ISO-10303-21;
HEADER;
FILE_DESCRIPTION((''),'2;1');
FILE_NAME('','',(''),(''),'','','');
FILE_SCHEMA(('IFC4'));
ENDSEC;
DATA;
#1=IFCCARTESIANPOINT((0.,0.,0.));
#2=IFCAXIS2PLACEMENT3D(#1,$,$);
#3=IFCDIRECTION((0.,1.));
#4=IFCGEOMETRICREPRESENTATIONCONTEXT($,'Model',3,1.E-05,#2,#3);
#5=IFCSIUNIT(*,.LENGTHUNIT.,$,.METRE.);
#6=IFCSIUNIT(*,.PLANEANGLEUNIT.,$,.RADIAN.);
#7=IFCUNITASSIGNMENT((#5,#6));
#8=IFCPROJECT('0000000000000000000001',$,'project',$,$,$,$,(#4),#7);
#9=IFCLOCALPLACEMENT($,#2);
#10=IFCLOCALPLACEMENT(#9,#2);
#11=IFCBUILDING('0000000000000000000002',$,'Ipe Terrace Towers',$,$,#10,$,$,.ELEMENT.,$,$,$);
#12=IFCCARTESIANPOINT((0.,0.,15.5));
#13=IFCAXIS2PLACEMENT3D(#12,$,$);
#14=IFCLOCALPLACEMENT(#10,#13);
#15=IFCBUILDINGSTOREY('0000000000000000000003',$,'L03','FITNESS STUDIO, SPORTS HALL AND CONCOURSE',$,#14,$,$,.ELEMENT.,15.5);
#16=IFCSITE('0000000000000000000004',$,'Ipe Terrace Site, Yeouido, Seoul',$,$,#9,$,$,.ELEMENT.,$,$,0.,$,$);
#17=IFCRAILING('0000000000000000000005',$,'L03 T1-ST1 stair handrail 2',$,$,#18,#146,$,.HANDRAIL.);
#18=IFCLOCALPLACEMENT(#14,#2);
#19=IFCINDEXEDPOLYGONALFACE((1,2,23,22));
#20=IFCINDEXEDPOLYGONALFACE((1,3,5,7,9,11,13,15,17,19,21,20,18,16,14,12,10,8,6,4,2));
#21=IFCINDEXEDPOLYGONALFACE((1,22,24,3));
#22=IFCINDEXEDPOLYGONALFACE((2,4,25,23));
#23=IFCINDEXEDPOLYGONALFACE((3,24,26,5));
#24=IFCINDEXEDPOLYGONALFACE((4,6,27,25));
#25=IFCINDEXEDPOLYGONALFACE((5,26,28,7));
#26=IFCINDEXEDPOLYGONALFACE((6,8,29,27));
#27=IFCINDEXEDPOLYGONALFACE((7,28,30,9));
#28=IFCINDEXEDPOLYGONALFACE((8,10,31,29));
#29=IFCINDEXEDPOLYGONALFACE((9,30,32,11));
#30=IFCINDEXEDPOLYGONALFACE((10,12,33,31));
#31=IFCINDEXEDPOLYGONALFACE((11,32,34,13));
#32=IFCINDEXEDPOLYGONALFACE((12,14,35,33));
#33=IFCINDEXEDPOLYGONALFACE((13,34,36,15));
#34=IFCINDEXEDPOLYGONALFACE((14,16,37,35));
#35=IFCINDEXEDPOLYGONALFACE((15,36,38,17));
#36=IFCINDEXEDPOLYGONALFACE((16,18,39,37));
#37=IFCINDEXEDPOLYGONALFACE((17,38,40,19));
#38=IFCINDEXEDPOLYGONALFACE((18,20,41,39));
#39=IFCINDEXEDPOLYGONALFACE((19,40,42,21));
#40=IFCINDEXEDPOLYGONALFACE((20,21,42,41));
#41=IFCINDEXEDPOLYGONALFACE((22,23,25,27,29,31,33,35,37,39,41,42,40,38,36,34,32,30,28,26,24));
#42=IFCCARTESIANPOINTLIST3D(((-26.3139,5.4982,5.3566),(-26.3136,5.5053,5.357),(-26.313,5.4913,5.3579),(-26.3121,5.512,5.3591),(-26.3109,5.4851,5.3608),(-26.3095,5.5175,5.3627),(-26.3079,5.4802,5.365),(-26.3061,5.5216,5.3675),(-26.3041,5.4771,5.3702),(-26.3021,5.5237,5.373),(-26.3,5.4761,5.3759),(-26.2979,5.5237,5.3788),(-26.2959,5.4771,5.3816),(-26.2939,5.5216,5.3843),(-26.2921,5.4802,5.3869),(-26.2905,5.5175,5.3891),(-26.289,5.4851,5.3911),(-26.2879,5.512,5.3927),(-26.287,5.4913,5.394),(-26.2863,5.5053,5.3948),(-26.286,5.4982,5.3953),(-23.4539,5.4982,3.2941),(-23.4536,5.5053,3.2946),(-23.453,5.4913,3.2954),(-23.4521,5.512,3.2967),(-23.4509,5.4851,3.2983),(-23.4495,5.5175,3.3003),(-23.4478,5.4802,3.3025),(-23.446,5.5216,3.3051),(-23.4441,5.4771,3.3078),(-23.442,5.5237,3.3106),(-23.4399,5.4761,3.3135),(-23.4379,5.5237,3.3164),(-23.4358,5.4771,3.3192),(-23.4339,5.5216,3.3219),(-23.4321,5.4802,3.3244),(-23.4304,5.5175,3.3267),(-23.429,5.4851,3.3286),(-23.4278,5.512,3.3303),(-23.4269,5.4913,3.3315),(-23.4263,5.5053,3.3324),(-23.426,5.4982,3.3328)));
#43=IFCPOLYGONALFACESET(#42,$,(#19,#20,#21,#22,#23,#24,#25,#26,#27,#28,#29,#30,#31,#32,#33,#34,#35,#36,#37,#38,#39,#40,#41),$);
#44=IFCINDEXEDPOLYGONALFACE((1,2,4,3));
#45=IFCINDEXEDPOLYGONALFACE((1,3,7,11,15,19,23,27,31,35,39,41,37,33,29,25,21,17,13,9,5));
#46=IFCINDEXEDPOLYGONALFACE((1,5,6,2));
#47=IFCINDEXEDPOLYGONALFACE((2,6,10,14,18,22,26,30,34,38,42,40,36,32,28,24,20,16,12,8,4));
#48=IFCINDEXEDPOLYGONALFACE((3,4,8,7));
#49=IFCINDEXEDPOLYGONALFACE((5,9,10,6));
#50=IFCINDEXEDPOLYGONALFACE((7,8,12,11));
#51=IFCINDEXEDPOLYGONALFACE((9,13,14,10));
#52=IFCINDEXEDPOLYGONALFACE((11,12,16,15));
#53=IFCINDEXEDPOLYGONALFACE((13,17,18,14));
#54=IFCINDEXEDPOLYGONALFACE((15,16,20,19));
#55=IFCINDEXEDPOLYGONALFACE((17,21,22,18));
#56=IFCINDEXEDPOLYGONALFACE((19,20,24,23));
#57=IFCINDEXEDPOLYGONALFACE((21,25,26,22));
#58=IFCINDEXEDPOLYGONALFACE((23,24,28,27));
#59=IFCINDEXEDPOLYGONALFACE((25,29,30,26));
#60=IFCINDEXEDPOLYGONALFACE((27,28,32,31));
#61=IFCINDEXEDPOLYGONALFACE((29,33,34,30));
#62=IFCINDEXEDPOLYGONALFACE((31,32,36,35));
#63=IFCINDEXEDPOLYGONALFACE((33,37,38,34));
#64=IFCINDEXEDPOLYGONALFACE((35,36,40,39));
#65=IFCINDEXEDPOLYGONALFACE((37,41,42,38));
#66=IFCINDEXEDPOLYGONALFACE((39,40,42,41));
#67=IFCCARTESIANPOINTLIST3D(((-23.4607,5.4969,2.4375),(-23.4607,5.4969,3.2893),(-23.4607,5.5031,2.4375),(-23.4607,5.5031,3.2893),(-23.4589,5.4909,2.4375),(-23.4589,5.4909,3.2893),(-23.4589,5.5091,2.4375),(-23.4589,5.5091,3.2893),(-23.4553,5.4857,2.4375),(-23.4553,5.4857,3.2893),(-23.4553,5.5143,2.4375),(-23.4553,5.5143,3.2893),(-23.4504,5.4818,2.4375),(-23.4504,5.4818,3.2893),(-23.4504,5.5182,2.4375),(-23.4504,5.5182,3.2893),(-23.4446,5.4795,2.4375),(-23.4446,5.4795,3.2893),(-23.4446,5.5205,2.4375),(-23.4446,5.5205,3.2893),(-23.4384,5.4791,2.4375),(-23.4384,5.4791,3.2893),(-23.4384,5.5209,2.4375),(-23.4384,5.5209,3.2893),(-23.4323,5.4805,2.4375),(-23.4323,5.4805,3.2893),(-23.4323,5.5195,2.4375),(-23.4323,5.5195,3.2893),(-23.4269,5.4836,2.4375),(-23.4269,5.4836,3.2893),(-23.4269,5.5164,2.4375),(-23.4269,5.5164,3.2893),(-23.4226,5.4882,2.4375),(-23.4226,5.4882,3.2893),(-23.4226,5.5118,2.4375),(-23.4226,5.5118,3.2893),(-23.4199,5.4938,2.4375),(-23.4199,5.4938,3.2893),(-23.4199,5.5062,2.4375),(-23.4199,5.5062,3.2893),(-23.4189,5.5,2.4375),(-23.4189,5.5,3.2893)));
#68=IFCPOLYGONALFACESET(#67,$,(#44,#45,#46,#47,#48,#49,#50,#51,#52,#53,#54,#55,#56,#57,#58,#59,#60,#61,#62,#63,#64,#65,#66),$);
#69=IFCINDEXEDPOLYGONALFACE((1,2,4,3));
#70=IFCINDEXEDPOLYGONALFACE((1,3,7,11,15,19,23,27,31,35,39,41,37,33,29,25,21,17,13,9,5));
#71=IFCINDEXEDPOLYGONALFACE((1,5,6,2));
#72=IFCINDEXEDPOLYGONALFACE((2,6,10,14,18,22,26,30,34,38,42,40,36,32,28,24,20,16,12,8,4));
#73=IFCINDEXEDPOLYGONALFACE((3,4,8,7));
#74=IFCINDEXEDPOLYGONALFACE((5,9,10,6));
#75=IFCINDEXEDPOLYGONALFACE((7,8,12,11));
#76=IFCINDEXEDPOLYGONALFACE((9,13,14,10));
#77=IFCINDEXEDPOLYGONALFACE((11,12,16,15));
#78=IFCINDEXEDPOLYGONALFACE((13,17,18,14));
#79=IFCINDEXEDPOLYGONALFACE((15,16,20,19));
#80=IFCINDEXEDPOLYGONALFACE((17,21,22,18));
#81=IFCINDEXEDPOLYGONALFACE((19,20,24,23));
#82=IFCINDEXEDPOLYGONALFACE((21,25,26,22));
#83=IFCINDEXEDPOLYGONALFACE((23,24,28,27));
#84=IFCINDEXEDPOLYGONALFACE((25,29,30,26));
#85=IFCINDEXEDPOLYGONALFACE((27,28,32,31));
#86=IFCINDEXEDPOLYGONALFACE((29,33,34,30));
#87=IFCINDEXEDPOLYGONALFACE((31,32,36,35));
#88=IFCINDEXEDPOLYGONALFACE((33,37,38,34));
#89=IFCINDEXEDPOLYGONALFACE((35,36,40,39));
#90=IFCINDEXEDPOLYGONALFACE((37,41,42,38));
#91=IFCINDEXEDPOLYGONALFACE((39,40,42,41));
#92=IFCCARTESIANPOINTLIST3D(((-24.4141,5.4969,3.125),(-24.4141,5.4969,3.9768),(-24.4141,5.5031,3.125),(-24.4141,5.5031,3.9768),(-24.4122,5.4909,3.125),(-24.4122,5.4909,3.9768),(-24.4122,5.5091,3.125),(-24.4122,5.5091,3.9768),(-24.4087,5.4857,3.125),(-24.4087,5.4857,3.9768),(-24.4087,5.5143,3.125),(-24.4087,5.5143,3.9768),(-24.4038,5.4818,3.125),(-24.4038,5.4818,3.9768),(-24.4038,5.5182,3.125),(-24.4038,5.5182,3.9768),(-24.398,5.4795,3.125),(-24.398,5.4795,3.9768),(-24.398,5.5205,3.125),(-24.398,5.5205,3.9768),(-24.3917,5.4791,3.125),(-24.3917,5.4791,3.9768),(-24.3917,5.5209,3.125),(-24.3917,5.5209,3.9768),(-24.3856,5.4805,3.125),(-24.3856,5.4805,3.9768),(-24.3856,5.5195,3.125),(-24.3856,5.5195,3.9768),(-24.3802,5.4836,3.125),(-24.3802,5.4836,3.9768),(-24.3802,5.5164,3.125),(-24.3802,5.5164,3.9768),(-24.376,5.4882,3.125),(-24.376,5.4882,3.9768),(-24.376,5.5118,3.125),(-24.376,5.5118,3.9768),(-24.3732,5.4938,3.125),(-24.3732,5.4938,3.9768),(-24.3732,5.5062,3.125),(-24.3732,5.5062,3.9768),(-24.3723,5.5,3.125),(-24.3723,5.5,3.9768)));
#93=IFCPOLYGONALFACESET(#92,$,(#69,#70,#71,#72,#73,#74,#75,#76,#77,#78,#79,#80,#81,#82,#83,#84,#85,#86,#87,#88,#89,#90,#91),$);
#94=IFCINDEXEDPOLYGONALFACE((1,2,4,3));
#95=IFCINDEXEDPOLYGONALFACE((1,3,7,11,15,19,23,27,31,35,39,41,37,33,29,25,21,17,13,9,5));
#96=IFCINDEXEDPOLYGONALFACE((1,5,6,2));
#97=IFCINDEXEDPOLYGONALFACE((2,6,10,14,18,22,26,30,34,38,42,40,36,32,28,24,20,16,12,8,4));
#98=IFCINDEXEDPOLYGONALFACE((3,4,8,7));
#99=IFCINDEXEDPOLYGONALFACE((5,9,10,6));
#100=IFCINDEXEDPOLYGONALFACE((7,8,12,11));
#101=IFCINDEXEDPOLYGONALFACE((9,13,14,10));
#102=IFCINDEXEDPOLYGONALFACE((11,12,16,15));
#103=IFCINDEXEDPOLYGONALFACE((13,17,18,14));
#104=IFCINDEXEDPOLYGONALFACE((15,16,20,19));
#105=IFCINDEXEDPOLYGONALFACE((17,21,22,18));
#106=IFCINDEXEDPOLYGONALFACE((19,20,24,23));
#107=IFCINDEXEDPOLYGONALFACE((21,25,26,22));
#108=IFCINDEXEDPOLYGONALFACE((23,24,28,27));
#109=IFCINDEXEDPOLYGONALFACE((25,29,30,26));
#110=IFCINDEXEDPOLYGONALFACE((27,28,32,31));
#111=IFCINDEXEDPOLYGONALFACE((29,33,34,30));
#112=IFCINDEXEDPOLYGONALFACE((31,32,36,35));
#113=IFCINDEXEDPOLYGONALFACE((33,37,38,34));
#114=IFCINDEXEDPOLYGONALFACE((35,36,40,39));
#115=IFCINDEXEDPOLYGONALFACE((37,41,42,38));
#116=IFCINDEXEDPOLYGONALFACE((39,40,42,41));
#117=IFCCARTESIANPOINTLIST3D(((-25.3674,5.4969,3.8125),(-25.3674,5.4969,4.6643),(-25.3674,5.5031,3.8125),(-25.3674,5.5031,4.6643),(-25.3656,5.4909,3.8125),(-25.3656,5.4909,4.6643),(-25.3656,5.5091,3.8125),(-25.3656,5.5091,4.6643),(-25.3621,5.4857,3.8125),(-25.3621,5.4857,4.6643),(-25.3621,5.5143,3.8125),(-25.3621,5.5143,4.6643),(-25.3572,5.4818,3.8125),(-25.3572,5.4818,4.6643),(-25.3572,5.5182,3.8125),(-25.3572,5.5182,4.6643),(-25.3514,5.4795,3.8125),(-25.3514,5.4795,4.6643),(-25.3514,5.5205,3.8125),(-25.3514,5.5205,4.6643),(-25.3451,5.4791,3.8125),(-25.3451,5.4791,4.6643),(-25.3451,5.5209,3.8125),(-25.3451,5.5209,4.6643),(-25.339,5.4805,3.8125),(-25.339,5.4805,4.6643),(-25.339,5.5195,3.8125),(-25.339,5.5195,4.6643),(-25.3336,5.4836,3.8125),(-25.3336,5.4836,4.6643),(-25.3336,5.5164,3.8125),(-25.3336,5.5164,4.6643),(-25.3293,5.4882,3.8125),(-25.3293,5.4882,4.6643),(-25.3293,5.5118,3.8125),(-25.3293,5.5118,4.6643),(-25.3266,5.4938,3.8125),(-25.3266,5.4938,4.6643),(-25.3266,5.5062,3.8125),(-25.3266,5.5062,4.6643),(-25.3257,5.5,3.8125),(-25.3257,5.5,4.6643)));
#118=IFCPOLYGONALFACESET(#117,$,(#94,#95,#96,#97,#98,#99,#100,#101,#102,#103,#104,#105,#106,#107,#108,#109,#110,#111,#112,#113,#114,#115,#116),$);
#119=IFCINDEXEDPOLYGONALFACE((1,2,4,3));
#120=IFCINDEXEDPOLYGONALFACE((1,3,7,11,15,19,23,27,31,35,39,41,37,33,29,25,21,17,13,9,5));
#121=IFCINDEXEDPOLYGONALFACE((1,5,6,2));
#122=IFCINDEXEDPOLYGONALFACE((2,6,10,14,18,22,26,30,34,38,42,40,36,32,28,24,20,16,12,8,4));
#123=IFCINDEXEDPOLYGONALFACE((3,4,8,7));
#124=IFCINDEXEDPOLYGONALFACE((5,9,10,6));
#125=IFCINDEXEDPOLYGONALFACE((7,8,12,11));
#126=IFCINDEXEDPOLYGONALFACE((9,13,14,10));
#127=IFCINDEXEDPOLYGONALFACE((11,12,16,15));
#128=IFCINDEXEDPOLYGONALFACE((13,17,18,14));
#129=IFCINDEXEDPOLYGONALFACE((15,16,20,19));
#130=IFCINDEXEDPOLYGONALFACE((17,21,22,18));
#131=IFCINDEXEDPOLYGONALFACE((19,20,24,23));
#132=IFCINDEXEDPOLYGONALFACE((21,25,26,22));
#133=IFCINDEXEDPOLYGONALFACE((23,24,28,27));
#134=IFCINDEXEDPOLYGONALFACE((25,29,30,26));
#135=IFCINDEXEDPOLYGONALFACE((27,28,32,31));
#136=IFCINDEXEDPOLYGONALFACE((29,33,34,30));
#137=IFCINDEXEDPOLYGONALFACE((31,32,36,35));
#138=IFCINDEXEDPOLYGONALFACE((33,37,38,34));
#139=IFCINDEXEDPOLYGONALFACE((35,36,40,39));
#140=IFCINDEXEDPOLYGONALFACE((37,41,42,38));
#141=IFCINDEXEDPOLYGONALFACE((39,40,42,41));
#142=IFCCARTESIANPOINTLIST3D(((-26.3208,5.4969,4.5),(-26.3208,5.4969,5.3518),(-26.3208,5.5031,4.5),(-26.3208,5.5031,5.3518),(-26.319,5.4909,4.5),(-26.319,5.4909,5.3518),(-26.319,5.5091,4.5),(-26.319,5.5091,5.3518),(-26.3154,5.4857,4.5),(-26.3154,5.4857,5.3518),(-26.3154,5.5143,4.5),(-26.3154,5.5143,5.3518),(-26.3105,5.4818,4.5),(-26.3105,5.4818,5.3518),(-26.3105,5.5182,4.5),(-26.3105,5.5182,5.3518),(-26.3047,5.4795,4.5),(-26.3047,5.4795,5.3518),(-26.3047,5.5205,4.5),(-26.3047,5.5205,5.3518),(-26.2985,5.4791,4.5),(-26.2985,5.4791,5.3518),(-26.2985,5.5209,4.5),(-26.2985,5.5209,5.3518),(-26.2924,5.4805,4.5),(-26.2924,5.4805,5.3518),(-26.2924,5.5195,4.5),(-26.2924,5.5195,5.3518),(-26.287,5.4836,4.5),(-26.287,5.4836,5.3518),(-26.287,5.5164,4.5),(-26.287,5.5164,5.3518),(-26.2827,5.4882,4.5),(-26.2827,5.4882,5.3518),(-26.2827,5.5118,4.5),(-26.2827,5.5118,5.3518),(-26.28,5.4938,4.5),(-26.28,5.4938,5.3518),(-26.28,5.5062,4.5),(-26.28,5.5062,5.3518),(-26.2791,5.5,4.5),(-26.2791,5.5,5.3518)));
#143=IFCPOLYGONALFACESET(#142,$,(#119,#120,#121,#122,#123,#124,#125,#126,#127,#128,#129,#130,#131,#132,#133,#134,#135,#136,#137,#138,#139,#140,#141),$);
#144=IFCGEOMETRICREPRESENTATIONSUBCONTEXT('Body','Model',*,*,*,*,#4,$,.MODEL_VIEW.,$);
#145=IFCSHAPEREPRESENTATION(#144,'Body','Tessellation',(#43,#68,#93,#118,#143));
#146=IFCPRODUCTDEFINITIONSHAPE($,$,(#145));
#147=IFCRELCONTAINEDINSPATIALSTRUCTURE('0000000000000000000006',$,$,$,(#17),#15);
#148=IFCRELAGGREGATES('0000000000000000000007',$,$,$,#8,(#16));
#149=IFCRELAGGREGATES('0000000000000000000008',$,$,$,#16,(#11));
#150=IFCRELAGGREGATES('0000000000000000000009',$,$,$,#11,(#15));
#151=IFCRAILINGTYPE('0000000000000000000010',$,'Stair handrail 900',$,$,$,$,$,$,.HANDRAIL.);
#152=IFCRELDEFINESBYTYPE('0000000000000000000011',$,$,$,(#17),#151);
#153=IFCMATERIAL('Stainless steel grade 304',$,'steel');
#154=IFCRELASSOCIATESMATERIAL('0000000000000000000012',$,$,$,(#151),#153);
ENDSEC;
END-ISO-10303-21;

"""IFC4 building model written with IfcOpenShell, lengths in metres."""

from ifc_helpers import new_model, si_unit, direction, frame, origin, origin_2d, place, context, subcontext, project, spatial, circle, extrude, material, type_object, element, save


model = new_model("IFC4")

# Units and contexts
model_context = context("Model", 3, precision=1e-05, world=origin(), true_north=direction((0.0, 1.0)))
body_context = subcontext(model_context, "Body", "Model", "MODEL_VIEW")
ifc_project = project(units=[si_unit("LENGTHUNIT", "METRE"), si_unit("PLANEANGLEUNIT", "RADIAN")], contexts=[model_context])

# Site, building, storey
site_placement = place(None, origin())
site = spatial("IfcSite", under=ifc_project, at=site_placement, Name="Ipe Terrace Site, Yeouido, Seoul", CompositionType="ELEMENT", RefElevation=0.0)
building_placement = place(site_placement, origin())
building = spatial("IfcBuilding", under=site, at=building_placement, Name="Ipe Terrace Towers", CompositionType="ELEMENT")
storey_placement = place(building_placement, frame((0.0, 0.0, 15.5)))
storey = spatial("IfcBuildingStorey", under=building, at=storey_placement, Name="L03", Description="FITNESS STUDIO, SPORTS HALL AND CONCOURSE", CompositionType="ELEMENT", Elevation=15.5)

# Railing
ifc_material_1 = material(Name="Stainless steel grade 304", Category="steel")
railing_type_1 = type_object("IfcRailingType", Name="Stair handrail 900", PredefinedType="HANDRAIL", material=ifc_material_1)
railing_1_placement = place(storey_placement, frame((-23.4399, 5.5, 2.4375)))
element("IfcRailing", 1, at=railing_1_placement, inside=storey, type_object=railing_type_1, Name="L03 T1-ST1 stair handrail 2", PredefinedType="HANDRAIL", context=body_context, shape_type="SweptSolid", body=[
    extrude(circle(Radius=0.0239, at=origin_2d()), frame((0.0, 0.0, 0.876), z_axis=(-0.811101, 0.0, 0.584906), x_axis=(0.0, -1.0, 0.0)), (0.0, 0.0, 1.0), 3.5261),
    extrude(circle(Radius=0.021, at=origin_2d()), origin(), (0.0, 0.0, 1.0), 0.8518),
    extrude(circle(Radius=0.021, at=origin_2d()), frame((-0.9534, 0.0, 0.6875)), (0.0, 0.0, 1.0), 0.8518),
    extrude(circle(Radius=0.021, at=origin_2d()), frame((-1.9067, 0.0, 1.375)), (0.0, 0.0, 1.0), 0.8518),
    extrude(circle(Radius=0.021, at=origin_2d()), frame((-2.8601, 0.0, 2.0625)), (0.0, 0.0, 1.0), 0.8518),
])

save(model, "model.ifc")
